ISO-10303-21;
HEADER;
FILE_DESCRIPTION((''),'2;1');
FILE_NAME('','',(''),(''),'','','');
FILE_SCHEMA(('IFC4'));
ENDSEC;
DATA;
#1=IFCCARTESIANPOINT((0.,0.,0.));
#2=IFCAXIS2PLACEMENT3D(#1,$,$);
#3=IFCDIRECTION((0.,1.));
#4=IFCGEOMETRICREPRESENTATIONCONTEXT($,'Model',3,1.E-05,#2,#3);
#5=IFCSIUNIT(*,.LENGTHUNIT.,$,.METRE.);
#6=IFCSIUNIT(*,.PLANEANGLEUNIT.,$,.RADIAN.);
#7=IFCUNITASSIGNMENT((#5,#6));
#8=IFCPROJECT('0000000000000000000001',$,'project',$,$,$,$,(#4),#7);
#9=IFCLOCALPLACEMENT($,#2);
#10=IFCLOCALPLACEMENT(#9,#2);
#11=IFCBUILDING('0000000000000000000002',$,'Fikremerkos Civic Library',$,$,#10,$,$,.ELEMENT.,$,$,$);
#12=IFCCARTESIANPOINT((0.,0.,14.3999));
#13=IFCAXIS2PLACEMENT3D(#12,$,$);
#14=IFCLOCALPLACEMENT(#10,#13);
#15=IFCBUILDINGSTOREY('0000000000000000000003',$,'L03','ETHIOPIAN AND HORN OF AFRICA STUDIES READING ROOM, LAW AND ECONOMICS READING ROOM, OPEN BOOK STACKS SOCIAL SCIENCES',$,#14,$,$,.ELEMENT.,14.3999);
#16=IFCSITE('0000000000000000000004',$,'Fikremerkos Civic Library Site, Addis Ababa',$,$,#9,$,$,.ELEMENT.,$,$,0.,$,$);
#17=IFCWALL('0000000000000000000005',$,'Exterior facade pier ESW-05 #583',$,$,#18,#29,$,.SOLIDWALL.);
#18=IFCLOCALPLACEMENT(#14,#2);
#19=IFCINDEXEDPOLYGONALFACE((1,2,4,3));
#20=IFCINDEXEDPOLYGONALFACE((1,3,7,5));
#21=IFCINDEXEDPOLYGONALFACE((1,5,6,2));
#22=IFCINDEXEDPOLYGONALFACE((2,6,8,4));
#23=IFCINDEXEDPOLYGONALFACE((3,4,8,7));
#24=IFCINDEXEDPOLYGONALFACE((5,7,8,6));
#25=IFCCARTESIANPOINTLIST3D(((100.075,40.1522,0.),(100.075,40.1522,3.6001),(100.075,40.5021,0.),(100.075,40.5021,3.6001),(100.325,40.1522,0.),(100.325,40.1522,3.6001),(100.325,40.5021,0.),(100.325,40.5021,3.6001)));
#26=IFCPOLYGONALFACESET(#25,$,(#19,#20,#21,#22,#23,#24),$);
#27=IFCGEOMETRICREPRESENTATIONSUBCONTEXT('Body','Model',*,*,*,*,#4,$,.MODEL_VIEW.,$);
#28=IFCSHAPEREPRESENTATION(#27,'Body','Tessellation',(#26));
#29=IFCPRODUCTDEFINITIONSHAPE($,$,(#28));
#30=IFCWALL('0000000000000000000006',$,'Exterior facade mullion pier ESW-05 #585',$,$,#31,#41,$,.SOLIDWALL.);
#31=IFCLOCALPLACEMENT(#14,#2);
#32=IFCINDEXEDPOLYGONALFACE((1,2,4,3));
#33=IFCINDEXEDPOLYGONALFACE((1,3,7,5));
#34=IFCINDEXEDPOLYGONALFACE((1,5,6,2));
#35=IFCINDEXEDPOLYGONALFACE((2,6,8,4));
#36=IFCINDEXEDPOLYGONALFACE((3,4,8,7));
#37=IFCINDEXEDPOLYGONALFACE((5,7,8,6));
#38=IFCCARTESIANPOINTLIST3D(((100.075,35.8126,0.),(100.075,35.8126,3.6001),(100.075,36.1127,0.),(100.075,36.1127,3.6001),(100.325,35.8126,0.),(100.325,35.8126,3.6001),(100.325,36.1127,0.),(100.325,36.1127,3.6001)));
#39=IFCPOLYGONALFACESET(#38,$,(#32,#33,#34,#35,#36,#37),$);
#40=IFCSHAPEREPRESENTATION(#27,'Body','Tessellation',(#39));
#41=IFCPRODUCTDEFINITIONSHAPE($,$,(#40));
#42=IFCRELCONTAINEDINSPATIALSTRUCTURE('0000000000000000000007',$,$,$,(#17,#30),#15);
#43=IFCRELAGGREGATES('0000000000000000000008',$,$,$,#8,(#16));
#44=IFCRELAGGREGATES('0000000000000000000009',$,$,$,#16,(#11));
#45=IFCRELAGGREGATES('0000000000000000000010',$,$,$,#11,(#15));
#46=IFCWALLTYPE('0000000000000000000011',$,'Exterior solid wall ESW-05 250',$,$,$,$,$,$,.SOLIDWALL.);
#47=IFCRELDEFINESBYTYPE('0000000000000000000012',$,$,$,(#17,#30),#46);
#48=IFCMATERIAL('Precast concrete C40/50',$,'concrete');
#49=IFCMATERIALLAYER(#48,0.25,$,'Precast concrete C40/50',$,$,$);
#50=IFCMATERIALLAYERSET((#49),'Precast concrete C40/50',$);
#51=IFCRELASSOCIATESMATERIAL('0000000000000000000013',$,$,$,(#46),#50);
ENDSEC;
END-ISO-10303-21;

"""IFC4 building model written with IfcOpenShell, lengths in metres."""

from ifc_helpers import new_model, si_unit, direction, frame, frame_2d, origin, place, context, subcontext, project, spatial, rectangle, extrude, material, layer, layer_set, type_object, element, save


model = new_model("IFC4")

# Units and contexts
model_context = context("Model", 3, precision=1e-05, world=origin(), true_north=direction((0.0, 1.0)))
body_context = subcontext(model_context, "Body", "Model", "MODEL_VIEW")
ifc_project = project(units=[si_unit("LENGTHUNIT", "METRE"), si_unit("PLANEANGLEUNIT", "RADIAN")], contexts=[model_context])

# Site, building, storey
site_placement = place(None, origin())
site = spatial("IfcSite", under=ifc_project, at=site_placement, Name="Fikremerkos Civic Library Site, Addis Ababa", CompositionType="ELEMENT", RefElevation=0.0)
building_placement = place(site_placement, origin())
building = spatial("IfcBuilding", under=site, at=building_placement, Name="Fikremerkos Civic Library", CompositionType="ELEMENT")
storey_placement = place(building_placement, frame((0.0, 0.0, 14.3999)))
storey = spatial("IfcBuildingStorey", under=building, at=storey_placement, Name="L03", Description="ETHIOPIAN AND HORN OF AFRICA STUDIES READING ROOM, LAW AND ECONOMICS READING ROOM, OPEN BOOK STACKS SOCIAL SCIENCES", CompositionType="ELEMENT", Elevation=14.3999)

# Shared definitions
ifc_material_1 = material(Name="Precast concrete C40/50", Category="concrete")

# Walls
ifc_layer_1 = layer(ifc_material_1, 0.25, Name="Precast concrete C40/50")
ifc_layer_set_1 = layer_set([ifc_layer_1], Name="Precast concrete C40/50")
wall_type_1 = type_object("IfcWallType", Name="Exterior solid wall ESW-05 250", PredefinedType="SOLIDWALL", material=ifc_layer_set_1)
wall_1_placement = place(storey_placement, frame((100.2, 40.502, 0.0), z_axis=(0.0, 0.0, 1.0), x_axis=(0.0, -1.0, 0.0)))
element("IfcWall", 1, at=wall_1_placement, inside=storey, type_object=wall_type_1, Name="Exterior facade pier ESW-05 #583", PredefinedType="SOLIDWALL", context=body_context, shape_type="SweptSolid", body=[
    extrude(rectangle(XDim=0.3499, YDim=0.25, at=frame_2d((0.1748, 0.0))), origin(), (0.0, 0.0, 1.0), 3.6001),
])
wall_2_placement = place(storey_placement, frame((100.2, 36.1125, 0.0), z_axis=(0.0, 0.0, 1.0), x_axis=(0.0, -1.0, 0.0)))
element("IfcWall", 2, at=wall_2_placement, inside=storey, type_object=wall_type_1, Name="Exterior facade mullion pier ESW-05 #585", PredefinedType="SOLIDWALL", context=body_context, shape_type="SweptSolid", body=[
    extrude(rectangle(XDim=0.3, YDim=0.25, at=frame_2d((0.1499, 0.0))), origin(), (0.0, 0.0, 1.0), 3.6001),
])

save(model, "model.ifc")
